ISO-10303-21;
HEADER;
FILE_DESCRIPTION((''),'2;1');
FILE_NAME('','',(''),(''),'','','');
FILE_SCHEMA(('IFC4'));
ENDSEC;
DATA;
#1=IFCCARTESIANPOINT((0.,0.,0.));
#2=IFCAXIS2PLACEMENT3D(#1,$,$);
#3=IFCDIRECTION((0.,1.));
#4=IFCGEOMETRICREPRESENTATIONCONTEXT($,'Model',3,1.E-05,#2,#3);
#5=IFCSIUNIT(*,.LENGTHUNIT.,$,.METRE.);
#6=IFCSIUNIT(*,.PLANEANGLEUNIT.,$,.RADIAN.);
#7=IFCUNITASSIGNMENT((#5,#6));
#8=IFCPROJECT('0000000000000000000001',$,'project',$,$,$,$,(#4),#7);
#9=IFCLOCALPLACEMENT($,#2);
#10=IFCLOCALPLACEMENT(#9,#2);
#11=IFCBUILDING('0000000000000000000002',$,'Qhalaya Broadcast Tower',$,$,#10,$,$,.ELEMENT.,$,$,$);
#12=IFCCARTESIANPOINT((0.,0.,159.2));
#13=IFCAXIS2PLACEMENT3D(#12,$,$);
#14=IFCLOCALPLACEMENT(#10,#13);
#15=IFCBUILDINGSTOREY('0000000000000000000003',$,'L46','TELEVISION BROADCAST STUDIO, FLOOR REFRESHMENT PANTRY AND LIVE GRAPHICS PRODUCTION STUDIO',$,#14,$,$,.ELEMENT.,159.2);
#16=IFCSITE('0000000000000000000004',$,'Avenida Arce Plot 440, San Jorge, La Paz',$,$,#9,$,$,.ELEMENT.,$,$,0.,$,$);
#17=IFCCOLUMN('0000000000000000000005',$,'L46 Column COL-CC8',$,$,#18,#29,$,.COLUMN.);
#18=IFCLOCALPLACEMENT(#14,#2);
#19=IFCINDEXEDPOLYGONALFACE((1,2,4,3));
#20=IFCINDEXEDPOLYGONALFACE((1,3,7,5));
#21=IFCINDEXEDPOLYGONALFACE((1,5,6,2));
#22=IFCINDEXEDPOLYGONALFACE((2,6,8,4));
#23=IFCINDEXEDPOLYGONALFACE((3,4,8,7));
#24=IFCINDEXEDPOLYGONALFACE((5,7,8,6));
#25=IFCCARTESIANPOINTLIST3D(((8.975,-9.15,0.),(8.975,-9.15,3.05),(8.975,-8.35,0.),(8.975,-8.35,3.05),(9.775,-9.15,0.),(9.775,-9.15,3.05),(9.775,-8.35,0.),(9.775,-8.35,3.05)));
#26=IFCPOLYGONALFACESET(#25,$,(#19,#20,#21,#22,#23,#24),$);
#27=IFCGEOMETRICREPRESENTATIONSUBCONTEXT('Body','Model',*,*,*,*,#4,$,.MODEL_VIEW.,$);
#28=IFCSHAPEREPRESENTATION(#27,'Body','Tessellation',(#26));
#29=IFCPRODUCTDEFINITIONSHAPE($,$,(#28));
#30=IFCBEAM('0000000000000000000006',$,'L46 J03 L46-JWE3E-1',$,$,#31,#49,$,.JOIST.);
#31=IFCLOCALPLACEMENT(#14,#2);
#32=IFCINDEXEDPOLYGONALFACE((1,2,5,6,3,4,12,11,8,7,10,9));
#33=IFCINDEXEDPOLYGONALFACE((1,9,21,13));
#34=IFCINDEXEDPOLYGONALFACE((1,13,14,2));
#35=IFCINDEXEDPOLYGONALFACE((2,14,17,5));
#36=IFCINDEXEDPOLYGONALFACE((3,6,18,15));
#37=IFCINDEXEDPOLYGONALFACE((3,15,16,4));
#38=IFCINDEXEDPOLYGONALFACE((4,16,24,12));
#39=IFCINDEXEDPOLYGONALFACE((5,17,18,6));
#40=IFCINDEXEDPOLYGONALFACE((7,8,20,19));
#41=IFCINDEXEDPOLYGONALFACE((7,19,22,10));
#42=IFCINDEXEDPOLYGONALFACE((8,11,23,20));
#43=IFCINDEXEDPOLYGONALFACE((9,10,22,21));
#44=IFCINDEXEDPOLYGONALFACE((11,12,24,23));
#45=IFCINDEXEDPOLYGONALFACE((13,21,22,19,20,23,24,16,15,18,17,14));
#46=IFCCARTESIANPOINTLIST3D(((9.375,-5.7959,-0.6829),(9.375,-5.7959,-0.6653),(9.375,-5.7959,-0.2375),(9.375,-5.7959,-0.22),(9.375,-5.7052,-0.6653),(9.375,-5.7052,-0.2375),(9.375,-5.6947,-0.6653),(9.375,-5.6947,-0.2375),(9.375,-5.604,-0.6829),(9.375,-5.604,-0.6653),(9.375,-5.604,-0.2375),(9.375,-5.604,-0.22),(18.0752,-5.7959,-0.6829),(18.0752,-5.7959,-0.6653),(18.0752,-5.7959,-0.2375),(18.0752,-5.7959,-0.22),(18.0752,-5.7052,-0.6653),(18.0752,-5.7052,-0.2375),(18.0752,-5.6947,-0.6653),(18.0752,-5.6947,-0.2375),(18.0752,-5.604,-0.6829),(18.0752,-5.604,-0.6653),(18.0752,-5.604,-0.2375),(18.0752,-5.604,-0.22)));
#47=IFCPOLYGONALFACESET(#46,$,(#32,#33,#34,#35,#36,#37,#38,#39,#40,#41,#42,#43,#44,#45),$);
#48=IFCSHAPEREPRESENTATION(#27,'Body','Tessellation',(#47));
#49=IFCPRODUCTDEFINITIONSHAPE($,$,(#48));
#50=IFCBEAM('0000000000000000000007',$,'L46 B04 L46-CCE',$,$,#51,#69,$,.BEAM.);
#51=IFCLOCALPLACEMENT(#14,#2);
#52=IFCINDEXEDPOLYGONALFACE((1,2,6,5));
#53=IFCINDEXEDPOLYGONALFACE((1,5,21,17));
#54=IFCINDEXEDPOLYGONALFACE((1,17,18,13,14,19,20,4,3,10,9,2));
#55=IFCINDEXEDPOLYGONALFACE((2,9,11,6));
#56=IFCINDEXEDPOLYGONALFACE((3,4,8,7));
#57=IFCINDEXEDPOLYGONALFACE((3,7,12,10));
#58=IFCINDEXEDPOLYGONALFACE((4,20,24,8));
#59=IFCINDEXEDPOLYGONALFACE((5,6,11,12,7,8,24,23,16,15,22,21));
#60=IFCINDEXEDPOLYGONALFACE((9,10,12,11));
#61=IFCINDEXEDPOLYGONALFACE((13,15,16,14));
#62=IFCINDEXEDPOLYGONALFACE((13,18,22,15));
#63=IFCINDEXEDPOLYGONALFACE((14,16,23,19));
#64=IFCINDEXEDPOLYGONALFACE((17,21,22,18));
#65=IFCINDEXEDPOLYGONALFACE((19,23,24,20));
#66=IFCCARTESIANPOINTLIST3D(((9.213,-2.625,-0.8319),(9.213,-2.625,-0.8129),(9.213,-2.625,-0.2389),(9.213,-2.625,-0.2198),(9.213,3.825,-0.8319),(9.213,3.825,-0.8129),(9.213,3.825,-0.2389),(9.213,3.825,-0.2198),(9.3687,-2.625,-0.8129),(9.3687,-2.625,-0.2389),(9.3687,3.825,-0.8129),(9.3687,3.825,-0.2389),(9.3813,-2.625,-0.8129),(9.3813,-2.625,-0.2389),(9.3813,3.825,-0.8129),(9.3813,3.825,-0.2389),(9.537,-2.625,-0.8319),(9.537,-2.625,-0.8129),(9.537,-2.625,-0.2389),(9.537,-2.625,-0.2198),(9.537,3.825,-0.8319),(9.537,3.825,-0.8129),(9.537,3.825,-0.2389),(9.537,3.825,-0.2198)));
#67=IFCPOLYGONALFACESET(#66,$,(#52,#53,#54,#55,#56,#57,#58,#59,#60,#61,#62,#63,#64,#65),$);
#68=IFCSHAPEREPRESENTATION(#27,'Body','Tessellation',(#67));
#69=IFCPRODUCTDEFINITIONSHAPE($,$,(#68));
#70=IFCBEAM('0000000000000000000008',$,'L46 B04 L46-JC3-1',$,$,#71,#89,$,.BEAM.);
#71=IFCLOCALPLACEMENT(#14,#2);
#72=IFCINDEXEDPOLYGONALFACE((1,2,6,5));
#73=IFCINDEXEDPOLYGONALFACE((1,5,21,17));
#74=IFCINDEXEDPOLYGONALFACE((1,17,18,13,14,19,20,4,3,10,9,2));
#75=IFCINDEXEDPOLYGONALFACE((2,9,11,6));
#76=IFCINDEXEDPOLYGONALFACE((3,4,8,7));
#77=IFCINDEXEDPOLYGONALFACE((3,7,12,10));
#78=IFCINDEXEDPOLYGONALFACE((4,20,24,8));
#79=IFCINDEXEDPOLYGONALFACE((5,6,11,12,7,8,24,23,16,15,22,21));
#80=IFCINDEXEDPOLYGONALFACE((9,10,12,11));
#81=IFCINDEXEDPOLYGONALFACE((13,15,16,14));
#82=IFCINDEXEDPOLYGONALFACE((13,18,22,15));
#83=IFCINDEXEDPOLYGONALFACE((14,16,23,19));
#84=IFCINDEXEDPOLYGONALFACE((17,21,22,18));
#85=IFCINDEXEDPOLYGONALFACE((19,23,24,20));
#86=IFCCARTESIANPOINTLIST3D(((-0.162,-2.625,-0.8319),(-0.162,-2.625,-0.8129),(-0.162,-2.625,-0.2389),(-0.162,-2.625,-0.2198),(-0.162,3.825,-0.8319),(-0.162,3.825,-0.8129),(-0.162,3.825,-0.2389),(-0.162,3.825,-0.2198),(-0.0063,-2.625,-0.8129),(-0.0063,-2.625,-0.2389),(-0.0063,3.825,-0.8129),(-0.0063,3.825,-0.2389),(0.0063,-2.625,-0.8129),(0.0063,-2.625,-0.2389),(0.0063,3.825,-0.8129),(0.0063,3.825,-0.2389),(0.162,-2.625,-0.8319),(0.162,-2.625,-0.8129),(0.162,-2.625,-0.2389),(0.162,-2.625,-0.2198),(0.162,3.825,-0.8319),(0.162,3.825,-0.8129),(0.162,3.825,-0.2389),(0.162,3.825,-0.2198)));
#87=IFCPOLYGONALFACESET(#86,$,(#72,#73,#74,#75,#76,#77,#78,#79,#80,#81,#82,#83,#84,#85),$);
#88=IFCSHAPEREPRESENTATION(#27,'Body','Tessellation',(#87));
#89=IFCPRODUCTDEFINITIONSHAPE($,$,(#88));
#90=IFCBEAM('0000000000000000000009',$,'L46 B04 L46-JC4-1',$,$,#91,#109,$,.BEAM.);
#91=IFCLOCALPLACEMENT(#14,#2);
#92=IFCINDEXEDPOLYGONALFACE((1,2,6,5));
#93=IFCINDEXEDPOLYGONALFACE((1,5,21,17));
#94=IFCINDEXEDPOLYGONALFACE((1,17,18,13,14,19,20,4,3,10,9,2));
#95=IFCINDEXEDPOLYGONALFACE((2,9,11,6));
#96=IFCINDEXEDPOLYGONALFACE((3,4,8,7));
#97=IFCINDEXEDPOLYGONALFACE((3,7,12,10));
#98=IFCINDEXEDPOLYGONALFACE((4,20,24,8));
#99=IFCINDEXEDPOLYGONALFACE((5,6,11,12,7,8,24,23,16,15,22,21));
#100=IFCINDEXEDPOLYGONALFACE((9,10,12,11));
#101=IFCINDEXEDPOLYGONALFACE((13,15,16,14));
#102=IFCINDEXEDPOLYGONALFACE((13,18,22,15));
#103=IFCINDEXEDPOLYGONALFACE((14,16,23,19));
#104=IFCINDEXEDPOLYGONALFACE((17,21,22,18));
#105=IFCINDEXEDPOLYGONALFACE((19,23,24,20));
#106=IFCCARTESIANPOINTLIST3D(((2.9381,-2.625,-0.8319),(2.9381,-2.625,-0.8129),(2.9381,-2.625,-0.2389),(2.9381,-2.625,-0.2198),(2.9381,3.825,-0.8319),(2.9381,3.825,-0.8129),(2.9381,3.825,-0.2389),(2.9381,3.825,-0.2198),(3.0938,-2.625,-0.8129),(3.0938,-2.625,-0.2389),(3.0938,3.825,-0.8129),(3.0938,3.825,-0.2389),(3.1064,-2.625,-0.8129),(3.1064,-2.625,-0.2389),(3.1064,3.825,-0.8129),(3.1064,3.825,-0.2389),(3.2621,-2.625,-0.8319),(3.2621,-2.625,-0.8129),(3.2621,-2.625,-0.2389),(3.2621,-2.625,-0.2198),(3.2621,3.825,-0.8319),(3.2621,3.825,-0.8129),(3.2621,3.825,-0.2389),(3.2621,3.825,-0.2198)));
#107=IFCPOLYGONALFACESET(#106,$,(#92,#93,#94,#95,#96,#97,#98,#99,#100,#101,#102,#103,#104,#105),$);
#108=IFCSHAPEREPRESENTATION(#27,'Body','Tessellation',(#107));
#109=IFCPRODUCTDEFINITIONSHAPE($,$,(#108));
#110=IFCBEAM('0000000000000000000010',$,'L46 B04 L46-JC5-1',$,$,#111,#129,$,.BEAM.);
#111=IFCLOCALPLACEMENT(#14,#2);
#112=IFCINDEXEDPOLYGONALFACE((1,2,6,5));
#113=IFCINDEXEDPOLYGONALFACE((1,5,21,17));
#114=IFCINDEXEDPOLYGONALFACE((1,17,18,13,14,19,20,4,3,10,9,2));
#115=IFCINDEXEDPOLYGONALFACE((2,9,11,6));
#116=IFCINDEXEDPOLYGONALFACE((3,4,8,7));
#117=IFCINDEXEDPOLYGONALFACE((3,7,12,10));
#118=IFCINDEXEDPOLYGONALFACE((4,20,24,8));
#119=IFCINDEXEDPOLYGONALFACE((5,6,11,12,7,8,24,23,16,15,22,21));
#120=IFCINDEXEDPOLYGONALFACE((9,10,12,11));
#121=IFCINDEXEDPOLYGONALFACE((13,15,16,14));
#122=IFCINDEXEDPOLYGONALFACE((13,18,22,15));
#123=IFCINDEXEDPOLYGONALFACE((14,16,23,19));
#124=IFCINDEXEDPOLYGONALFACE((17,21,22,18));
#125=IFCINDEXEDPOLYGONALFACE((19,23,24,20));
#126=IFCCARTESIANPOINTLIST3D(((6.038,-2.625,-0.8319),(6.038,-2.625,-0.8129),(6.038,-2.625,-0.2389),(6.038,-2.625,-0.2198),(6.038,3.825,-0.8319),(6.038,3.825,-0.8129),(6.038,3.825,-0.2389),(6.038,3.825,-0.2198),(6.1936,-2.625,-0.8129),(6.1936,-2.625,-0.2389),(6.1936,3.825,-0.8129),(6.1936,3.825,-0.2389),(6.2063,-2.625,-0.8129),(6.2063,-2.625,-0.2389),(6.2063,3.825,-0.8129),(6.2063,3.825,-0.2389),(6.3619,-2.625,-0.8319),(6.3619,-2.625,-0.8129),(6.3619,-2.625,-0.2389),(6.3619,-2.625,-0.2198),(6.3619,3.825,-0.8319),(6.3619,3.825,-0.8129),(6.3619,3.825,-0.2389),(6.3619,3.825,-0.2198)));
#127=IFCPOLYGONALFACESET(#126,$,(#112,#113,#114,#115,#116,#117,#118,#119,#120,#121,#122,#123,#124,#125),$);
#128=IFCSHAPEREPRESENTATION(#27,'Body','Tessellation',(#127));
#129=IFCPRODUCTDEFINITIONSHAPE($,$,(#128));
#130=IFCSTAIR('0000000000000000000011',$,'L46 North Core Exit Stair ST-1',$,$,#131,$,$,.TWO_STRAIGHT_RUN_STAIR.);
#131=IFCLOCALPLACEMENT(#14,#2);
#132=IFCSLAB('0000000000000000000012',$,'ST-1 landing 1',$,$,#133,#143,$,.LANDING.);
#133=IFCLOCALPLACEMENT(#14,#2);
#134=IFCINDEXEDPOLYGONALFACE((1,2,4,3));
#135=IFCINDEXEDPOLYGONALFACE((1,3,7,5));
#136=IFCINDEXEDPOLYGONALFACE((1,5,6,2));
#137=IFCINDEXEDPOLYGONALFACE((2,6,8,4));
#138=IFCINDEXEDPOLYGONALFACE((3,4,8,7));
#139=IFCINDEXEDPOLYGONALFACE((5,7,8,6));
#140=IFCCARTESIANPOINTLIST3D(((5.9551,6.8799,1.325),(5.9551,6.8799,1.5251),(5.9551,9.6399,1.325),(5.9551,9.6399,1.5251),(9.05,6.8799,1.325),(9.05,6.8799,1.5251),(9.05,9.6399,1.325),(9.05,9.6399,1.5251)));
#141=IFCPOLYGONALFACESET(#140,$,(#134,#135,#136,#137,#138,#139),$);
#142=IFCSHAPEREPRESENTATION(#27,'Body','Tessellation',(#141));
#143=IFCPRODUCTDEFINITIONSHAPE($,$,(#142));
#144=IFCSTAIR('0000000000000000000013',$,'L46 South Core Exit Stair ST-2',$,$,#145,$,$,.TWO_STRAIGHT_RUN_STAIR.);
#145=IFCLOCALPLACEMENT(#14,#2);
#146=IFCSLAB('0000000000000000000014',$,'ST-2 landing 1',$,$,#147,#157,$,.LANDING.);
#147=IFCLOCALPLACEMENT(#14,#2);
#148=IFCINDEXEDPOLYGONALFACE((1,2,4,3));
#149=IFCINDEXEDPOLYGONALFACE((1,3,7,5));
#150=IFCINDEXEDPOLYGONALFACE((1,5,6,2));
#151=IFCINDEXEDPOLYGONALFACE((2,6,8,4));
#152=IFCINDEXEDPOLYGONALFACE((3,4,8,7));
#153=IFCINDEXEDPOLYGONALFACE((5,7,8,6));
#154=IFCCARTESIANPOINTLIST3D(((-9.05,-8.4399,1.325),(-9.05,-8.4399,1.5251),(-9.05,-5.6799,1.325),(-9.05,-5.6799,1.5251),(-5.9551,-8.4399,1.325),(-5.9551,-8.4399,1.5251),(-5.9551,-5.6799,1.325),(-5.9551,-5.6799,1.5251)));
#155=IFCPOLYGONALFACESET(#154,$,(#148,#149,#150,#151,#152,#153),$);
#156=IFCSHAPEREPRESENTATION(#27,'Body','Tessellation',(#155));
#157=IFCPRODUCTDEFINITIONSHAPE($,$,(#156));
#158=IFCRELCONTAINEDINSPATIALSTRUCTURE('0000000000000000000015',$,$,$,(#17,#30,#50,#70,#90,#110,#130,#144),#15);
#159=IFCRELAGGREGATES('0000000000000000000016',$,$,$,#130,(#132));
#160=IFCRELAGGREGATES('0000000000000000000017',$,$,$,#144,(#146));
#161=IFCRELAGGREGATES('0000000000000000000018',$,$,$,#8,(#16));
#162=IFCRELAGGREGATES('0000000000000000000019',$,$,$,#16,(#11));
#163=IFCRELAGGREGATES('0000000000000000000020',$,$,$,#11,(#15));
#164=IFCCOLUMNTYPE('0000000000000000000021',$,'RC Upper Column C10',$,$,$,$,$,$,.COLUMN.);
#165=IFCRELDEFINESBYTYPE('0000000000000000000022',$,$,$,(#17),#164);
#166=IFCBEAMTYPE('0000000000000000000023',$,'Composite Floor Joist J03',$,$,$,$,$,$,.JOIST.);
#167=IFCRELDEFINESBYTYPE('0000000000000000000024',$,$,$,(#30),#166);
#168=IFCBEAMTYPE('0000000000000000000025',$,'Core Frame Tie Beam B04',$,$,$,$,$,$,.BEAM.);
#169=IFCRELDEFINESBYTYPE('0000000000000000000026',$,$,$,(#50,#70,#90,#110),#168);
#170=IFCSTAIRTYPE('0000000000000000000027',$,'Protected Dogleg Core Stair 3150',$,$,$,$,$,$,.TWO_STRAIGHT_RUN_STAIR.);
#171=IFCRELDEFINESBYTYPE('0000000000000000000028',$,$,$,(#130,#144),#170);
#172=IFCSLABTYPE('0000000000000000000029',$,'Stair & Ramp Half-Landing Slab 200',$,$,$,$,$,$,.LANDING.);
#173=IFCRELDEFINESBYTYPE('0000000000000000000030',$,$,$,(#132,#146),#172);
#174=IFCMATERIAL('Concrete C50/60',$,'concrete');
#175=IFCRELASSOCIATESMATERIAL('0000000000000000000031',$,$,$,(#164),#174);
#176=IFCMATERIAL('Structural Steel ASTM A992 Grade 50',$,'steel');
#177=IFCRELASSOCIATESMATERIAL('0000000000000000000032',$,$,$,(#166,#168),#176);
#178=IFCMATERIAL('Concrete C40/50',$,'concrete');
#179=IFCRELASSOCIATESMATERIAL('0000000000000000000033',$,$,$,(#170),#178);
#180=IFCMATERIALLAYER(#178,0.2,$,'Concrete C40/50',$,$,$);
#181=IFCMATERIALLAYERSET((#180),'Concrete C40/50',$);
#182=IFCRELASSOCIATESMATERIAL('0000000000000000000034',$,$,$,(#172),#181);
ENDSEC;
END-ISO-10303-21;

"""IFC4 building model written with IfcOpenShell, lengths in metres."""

from ifc_helpers import new_model, si_unit, direction, frame, origin, origin_2d, place, context, subcontext, project, spatial, polyline, rectangle, i_section, outline, extrude, material, layer, layer_set, material_profile, profile_set, type_object, element, aggregate, save


model = new_model("IFC4")

# Units and contexts
model_context = context("Model", 3, precision=1e-05, world=origin(), true_north=direction((0.0, 1.0)))
body_context = subcontext(model_context, "Body", "Model", "MODEL_VIEW")
ifc_project = project(units=[si_unit("LENGTHUNIT", "METRE"), si_unit("PLANEANGLEUNIT", "RADIAN")], contexts=[model_context])

# Site, building, storey
site_placement = place(None, origin())
site = spatial("IfcSite", under=ifc_project, at=site_placement, Name="Avenida Arce Plot 440, San Jorge, La Paz", CompositionType="ELEMENT", RefElevation=0.0)
building_placement = place(site_placement, origin())
building = spatial("IfcBuilding", under=site, at=building_placement, Name="Qhalaya Broadcast Tower", CompositionType="ELEMENT")
storey_placement = place(building_placement, frame((0.0, 0.0, 159.2)))
storey = spatial("IfcBuildingStorey", under=building, at=storey_placement, Name="L46", Description="TELEVISION BROADCAST STUDIO, FLOOR REFRESHMENT PANTRY AND LIVE GRAPHICS PRODUCTION STUDIO", CompositionType="ELEMENT", Elevation=159.2)

# Column
ifc_material_1 = material(Name="Concrete C50/60", Category="concrete")
ifc_material_profile_1 = material_profile(ifc_material_1, rectangle(XDim=0.8, YDim=0.8, at=origin_2d()), Name="RC-COL 800x800")
ifc_profile_set_1 = profile_set([ifc_material_profile_1], Name="Concrete C50/60")
column_type = type_object("IfcColumnType", Name="RC Upper Column C10", PredefinedType="COLUMN", material=ifc_profile_set_1)
column_placement = place(storey_placement, frame((9.375, -8.75, 0.0), z_axis=(0.0, 0.0, 1.0), x_axis=(1.0, 0.0, 0.0)))
element("IfcColumn", 1, at=column_placement, inside=storey, type_object=column_type, Name="L46 Column COL-CC8", PredefinedType="COLUMN", context=body_context, shape_type="SweptSolid", body=[
    extrude(rectangle(XDim=0.8, YDim=0.8, at=origin_2d()), origin(), (0.0, 0.0, 1.0), 3.05),
])

# Beams
ifc_material_2 = material(Name="Structural Steel ASTM A992 Grade 50", Category="steel")
ifc_material_profile_2 = material_profile(ifc_material_2, i_section(OverallWidth=0.1919, OverallDepth=0.4629, WebThickness=0.0105, FlangeThickness=0.0176, at=origin_2d()), Name="W18X60")
ifc_profile_set_2 = profile_set([ifc_material_profile_2], Name="Structural Steel ASTM A992 Grade 50")
beam_type_1 = type_object("IfcBeamType", Name="Composite Floor Joist J03", PredefinedType="JOIST", material=ifc_profile_set_2)
beam_placement = place(storey_placement, frame((9.375, -5.7, -0.4514), z_axis=(1.0, 0.0, 0.0), x_axis=(0.0, 1.0, 0.0)))
element("IfcBeam", 2, at=beam_placement, inside=storey, type_object=beam_type_1, Name="L46 J03 L46-JWE3E-1", PredefinedType="JOIST", context=body_context, shape_type="SweptSolid", body=[
    extrude(i_section(OverallWidth=0.1919, OverallDepth=0.4629, WebThickness=0.0105, FlangeThickness=0.0176, at=origin_2d()), origin(), (0.0, 0.0, 1.0), 8.7002),
])
ifc_material_profile_3 = material_profile(ifc_material_2, i_section(OverallWidth=0.324, OverallDepth=0.6121, WebThickness=0.0127, FlangeThickness=0.019, at=origin_2d()), Name="W24X104")
ifc_profile_set_3 = profile_set([ifc_material_profile_3], Name="Structural Steel ASTM A992 Grade 50")
beam_type_2 = type_object("IfcBeamType", Name="Core Frame Tie Beam B04", PredefinedType="BEAM", material=ifc_profile_set_3)
for number, where, z_axis, x_axis, name in (
    (3, (9.375, -2.625, -0.5259), (0.0, 1.0, 0.0), (-1.0, 0.0, 0.0), "L46 B04 L46-CCE"),
    (4, (0.0, -2.625, -0.5259), (0.0, 1.0, 0.0), (-1.0, 0.0, 0.0), "L46 B04 L46-JC3-1"),
    (5, (3.1001, -2.625, -0.5259), (0.0, 1.0, 0.0), (-1.0, 0.0, 0.0), "L46 B04 L46-JC4-1"),
    (6, (6.2, -2.625, -0.5259), (0.0, 1.0, 0.0), (-1.0, 0.0, 0.0), "L46 B04 L46-JC5-1"),
):
    element("IfcBeam", number, at=place(storey_placement, frame(where, z_axis=z_axis, x_axis=x_axis)), inside=storey, type_object=beam_type_2, Name=name, PredefinedType="BEAM", context=body_context, shape_type="SweptSolid", body=[
        extrude(i_section(OverallWidth=0.324, OverallDepth=0.6121, WebThickness=0.0127, FlangeThickness=0.019, at=origin_2d()), origin(), (0.0, 0.0, 1.0), 6.45),
    ])

# Stairs, slabs
ifc_material_3 = material(Name="Concrete C40/50", Category="concrete")
stair_type = type_object("IfcStairType", Name="Protected Dogleg Core Stair 3150", PredefinedType="TWO_STRAIGHT_RUN_STAIR", material=ifc_material_3)
stair_1_placement = place(storey_placement, origin())
stair_1 = element("IfcStair", 7, at=stair_1_placement, inside=storey, type_object=stair_type, Name="L46 North Core Exit Stair ST-1", PredefinedType="TWO_STRAIGHT_RUN_STAIR")
ifc_layer_1 = layer(ifc_material_3, 0.2, Name="Concrete C40/50")
ifc_layer_set_1 = layer_set([ifc_layer_1], Name="Concrete C40/50")
slab_type_1 = type_object("IfcSlabType", Name="Stair & Ramp Half-Landing Slab 200", PredefinedType="LANDING", material=ifc_layer_set_1)
slab_1_placement = place(storey_placement, frame((0.0, 0.0, 1.325)))
slab_1 = element("IfcSlab", 8, at=slab_1_placement, type_object=slab_type_1, Name="ST-1 landing 1", PredefinedType="LANDING", context=body_context, shape_type="SweptSolid", body=[
    extrude(outline(polyline([(5.9551, 6.8799), (9.05, 6.8799), (9.05, 9.6399), (5.9551, 9.6399), (5.9551, 6.8799)])), origin(), (0.0, 0.0, 1.0), 0.2002),
])
aggregate(stair_1, [slab_1])
stair_2_placement = place(storey_placement, origin())
stair_2 = element("IfcStair", 9, at=stair_2_placement, inside=storey, type_object=stair_type, Name="L46 South Core Exit Stair ST-2", PredefinedType="TWO_STRAIGHT_RUN_STAIR")
slab_2_placement = place(storey_placement, frame((0.0, 0.0, 1.325)))
slab_2 = element("IfcSlab", 10, at=slab_2_placement, type_object=slab_type_1, Name="ST-2 landing 1", PredefinedType="LANDING", context=body_context, shape_type="SweptSolid", body=[
    extrude(outline(polyline([(-5.9551, -5.6799), (-9.05, -5.6799), (-9.05, -8.4399), (-5.9551, -8.4399), (-5.9551, -5.6799)])), origin(), (0.0, 0.0, 1.0), 0.2002),
])
aggregate(stair_2, [slab_2])

save(model, "model.ifc")
